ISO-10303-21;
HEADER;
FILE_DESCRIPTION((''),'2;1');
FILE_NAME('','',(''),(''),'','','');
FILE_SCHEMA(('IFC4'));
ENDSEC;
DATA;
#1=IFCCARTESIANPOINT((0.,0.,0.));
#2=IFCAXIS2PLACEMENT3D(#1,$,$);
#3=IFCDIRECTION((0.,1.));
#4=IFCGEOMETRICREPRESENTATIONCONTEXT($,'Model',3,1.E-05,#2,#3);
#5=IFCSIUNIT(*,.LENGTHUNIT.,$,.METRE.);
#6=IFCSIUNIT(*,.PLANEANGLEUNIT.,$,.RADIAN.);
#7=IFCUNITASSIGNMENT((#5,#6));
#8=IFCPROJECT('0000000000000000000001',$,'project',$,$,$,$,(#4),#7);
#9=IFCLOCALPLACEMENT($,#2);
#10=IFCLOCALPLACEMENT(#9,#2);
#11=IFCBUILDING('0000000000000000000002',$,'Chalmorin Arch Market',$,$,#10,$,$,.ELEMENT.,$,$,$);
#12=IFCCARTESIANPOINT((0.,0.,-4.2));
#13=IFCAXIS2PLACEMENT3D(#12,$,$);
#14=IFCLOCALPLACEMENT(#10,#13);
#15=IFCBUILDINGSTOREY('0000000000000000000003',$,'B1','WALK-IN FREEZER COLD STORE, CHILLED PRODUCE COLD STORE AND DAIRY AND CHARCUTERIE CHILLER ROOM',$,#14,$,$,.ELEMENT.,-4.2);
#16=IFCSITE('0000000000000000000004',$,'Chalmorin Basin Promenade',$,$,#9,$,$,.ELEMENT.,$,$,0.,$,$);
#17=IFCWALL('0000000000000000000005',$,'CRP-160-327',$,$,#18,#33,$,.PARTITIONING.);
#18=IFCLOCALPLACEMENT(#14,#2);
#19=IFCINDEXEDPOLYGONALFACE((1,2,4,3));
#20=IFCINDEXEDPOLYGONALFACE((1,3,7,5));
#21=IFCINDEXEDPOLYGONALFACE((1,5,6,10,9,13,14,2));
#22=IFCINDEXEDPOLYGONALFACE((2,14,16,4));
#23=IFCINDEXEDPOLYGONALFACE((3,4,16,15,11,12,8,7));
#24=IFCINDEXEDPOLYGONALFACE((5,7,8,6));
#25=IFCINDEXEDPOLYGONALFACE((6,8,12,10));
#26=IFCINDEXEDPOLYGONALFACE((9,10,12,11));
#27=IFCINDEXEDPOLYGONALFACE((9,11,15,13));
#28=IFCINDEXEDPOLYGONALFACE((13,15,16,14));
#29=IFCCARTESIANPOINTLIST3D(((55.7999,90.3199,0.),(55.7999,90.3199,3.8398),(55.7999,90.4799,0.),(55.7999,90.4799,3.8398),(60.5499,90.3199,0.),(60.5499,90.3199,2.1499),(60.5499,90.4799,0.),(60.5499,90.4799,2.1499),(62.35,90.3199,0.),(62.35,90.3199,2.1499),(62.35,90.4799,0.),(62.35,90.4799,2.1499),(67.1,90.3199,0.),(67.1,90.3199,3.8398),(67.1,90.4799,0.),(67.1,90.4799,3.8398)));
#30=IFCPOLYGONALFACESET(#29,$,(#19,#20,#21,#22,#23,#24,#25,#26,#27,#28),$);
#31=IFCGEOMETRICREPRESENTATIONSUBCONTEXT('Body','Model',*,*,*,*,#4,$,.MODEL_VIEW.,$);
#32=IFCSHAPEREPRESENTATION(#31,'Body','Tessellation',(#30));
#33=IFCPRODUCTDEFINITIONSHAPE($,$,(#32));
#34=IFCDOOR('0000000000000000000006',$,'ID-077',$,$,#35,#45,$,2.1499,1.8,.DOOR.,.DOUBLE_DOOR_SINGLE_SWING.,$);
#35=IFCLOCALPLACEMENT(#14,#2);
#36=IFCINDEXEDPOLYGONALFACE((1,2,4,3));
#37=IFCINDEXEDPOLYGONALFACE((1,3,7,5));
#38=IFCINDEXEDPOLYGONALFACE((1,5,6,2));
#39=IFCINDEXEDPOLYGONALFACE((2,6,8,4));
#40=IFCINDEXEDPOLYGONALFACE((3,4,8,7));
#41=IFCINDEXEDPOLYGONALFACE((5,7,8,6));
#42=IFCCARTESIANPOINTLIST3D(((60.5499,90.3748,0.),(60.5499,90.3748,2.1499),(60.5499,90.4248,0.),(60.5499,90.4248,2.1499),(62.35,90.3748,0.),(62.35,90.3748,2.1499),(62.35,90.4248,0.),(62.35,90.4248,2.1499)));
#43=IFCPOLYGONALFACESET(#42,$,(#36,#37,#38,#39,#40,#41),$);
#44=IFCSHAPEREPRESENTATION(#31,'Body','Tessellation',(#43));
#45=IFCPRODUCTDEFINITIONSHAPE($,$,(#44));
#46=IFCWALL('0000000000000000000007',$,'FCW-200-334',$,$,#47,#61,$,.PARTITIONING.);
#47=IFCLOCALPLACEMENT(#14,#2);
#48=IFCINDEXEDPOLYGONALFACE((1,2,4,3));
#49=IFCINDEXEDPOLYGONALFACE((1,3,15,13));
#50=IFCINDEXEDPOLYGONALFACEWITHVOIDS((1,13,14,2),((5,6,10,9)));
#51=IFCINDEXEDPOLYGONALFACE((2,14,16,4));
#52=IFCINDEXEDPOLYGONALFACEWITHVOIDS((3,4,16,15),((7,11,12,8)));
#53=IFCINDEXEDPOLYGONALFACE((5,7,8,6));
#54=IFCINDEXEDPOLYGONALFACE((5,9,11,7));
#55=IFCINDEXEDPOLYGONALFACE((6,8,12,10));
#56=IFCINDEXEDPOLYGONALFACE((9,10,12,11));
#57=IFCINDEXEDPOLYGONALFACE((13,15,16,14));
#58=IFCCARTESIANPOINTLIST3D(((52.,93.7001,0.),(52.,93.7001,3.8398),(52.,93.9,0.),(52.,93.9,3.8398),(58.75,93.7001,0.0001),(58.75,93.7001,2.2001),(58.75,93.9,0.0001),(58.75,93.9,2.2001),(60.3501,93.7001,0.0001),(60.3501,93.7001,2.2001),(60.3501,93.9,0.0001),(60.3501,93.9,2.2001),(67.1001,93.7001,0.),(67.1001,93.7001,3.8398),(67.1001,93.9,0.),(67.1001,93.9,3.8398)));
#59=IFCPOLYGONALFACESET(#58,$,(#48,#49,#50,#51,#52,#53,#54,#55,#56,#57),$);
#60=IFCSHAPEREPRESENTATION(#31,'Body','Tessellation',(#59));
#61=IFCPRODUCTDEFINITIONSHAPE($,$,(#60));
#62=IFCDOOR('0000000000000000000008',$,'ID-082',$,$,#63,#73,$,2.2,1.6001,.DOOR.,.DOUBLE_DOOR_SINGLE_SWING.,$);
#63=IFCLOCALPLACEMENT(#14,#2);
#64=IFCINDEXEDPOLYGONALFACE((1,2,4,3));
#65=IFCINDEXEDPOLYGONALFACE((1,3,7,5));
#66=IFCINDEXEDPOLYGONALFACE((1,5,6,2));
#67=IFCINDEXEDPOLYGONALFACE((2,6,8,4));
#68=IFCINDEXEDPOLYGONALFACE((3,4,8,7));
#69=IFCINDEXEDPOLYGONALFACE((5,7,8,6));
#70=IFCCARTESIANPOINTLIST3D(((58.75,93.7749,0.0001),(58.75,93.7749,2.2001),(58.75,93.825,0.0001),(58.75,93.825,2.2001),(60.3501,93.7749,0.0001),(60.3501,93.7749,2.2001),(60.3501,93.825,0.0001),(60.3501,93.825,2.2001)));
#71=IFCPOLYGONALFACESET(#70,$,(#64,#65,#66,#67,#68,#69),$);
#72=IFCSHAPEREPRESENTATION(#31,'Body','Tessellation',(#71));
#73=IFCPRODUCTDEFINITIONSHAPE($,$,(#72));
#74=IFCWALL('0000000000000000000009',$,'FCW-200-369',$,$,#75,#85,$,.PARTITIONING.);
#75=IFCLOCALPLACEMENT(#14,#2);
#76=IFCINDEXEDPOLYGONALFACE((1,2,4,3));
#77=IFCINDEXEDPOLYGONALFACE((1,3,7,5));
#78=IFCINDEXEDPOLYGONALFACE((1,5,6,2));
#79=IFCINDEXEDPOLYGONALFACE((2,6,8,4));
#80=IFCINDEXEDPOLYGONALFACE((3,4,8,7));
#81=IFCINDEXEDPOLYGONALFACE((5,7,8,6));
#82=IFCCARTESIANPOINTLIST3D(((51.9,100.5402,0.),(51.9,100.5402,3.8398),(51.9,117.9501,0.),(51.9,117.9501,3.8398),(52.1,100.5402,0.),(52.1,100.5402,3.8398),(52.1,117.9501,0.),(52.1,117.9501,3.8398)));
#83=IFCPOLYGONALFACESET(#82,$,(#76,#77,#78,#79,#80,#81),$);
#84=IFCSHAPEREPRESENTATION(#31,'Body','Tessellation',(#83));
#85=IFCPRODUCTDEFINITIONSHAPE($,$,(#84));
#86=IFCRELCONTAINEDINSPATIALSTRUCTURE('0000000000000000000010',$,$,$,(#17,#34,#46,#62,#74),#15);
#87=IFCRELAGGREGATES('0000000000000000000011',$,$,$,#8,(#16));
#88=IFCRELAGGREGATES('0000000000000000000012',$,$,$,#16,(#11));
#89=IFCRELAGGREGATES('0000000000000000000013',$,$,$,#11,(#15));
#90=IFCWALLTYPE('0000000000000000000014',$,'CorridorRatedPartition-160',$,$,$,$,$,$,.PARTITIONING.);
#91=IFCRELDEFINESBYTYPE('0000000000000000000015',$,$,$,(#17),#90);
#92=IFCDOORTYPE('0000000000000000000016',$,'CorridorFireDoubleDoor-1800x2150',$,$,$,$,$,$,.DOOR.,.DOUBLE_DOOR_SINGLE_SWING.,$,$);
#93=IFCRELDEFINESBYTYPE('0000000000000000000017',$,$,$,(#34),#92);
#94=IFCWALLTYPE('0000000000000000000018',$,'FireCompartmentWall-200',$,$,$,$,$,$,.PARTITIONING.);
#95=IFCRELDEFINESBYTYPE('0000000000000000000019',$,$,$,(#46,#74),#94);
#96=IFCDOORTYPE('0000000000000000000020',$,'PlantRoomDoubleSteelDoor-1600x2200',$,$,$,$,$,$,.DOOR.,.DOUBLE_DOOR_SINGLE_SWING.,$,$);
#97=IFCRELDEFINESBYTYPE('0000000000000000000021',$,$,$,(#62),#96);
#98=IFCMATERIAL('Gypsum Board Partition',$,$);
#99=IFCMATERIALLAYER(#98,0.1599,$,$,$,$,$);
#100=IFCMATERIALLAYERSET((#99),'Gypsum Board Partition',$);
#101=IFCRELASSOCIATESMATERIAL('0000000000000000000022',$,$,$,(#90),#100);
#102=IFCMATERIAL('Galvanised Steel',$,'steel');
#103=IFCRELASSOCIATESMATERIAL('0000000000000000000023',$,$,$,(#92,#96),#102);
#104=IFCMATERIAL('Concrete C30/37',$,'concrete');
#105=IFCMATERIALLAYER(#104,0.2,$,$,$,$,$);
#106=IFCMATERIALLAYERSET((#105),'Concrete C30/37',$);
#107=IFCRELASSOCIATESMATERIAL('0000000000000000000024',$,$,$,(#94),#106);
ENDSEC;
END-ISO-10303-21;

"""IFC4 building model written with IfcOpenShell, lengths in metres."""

from ifc_helpers import new_model, si_unit, direction, frame, frame_2d, origin, place, context, subcontext, project, spatial, rectangle, extrude, material, layer, layer_set, type_object, element, fill, save


model = new_model("IFC4")

# Units and contexts
model_context = context("Model", 3, precision=1e-05, world=origin(), true_north=direction((0.0, 1.0)))
body_context = subcontext(model_context, "Body", "Model", "MODEL_VIEW")
ifc_project = project(units=[si_unit("LENGTHUNIT", "METRE"), si_unit("PLANEANGLEUNIT", "RADIAN")], contexts=[model_context])

# Site, building, storey
site_placement = place(None, origin())
site = spatial("IfcSite", under=ifc_project, at=site_placement, Name="Chalmorin Basin Promenade", CompositionType="ELEMENT", RefElevation=0.0)
building_placement = place(site_placement, origin())
building = spatial("IfcBuilding", under=site, at=building_placement, Name="Chalmorin Arch Market", CompositionType="ELEMENT")
storey_placement = place(building_placement, frame((0.0, 0.0, -4.2)))
storey = spatial("IfcBuildingStorey", under=building, at=storey_placement, Name="B1", Description="WALK-IN FREEZER COLD STORE, CHILLED PRODUCE COLD STORE AND DAIRY AND CHARCUTERIE CHILLER ROOM", CompositionType="ELEMENT", Elevation=-4.2)

# Walls, openings, doors
ifc_material_1 = material(Name="Gypsum Board Partition")
ifc_layer_1 = layer(ifc_material_1, 0.1599)
ifc_layer_set_1 = layer_set([ifc_layer_1], Name="Gypsum Board Partition")
wall_type_1 = type_object("IfcWallType", Name="CorridorRatedPartition-160", PredefinedType="PARTITIONING", material=ifc_layer_set_1)
wall_1_placement = place(storey_placement, frame((55.8, 90.3999, 0.0), z_axis=(0.0, 0.0, 1.0), x_axis=(1.0, 0.0, 0.0)))
wall_1 = element("IfcWall", 1, at=wall_1_placement, inside=storey, type_object=wall_type_1, Name="CRP-160-327", PredefinedType="PARTITIONING", context=body_context, shape_type="SweptSolid", body=[
    extrude(rectangle(XDim=11.3, YDim=0.1599, at=frame_2d((5.6499, 0.0))), origin(), (0.0, 0.0, 1.0), 3.8398),
])
opening_1_placement = place(wall_1_placement, frame((4.75, 0.0, 0.0)))
opening_1 = element("IfcOpeningElement", 2, at=opening_1_placement, cuts=wall_1, PredefinedType="OPENING", context=body_context, shape_type="SweptSolid", body=[
    extrude(rectangle(XDim=1.8, YDim=2.1499, at=frame_2d((0.8999, 1.075))), frame((0.0, 0.0898, 0.0), z_axis=(0.0, -1.0, 0.0), x_axis=(1.0, 0.0, 0.0)), (0.0, 0.0, 1.0), 0.1799),
])
ifc_material_2 = material(Name="Galvanised Steel", Category="steel")
door_type_1 = type_object("IfcDoorType", Name="CorridorFireDoubleDoor-1800x2150", OperationType="DOUBLE_DOOR_SINGLE_SWING", PredefinedType="DOOR", material=ifc_material_2)
door_1_placement = place(opening_1_placement, origin())
door_1 = element("IfcDoor", 3, at=door_1_placement, inside=storey, type_object=door_type_1, Name="ID-077", OperationType="DOUBLE_DOOR_SINGLE_SWING", OverallHeight=2.1499, OverallWidth=1.8, PredefinedType="DOOR", context=body_context, shape_type="SweptSolid", body=[
    extrude(rectangle(XDim=1.8, YDim=2.1499, at=frame_2d((0.8999, 1.075))), frame((0.0, 0.0249, 0.0), z_axis=(0.0, -1.0, 0.0), x_axis=(1.0, 0.0, 0.0)), (0.0, 0.0, 1.0), 0.05),
])
fill(opening_1, door_1)
ifc_material_3 = material(Name="Concrete C30/37", Category="concrete")
ifc_layer_2 = layer(ifc_material_3, 0.2)
ifc_layer_set_2 = layer_set([ifc_layer_2], Name="Concrete C30/37")
wall_type_2 = type_object("IfcWallType", Name="FireCompartmentWall-200", PredefinedType="PARTITIONING", material=ifc_layer_set_2)
wall_2_placement = place(storey_placement, frame((52.0, 93.8, 0.0), z_axis=(0.0, 0.0, 1.0), x_axis=(1.0, 0.0, 0.0)))
wall_2 = element("IfcWall", 4, at=wall_2_placement, inside=storey, type_object=wall_type_2, Name="FCW-200-334", PredefinedType="PARTITIONING", context=body_context, shape_type="SweptSolid", body=[
    extrude(rectangle(XDim=15.1001, YDim=0.2, at=frame_2d((7.55, 0.0))), origin(), (0.0, 0.0, 1.0), 3.8398),
])
opening_2_placement = place(wall_2_placement, frame((6.75, 0.0, 0.0)))
opening_2 = element("IfcOpeningElement", 5, at=opening_2_placement, cuts=wall_2, PredefinedType="OPENING", context=body_context, shape_type="SweptSolid", body=[
    extrude(rectangle(XDim=1.6001, YDim=2.2, at=frame_2d((0.8, 1.1001))), frame((0.0, 0.1099, 0.0), z_axis=(0.0, -1.0, 0.0), x_axis=(1.0, 0.0, 0.0)), (0.0, 0.0, 1.0), 0.22),
])
door_type_2 = type_object("IfcDoorType", Name="PlantRoomDoubleSteelDoor-1600x2200", OperationType="DOUBLE_DOOR_SINGLE_SWING", PredefinedType="DOOR", material=ifc_material_2)
door_2_placement = place(opening_2_placement, origin())
door_2 = element("IfcDoor", 6, at=door_2_placement, inside=storey, type_object=door_type_2, Name="ID-082", OperationType="DOUBLE_DOOR_SINGLE_SWING", OverallHeight=2.2, OverallWidth=1.6001, PredefinedType="DOOR", context=body_context, shape_type="SweptSolid", body=[
    extrude(rectangle(XDim=1.6001, YDim=2.2, at=frame_2d((0.8, 1.1001))), frame((0.0, 0.0249, 0.0), z_axis=(0.0, -1.0, 0.0), x_axis=(1.0, 0.0, 0.0)), (0.0, 0.0, 1.0), 0.05),
])
fill(opening_2, door_2)

# Wall
wall_3_placement = place(storey_placement, frame((52.0, 100.54, 0.0), z_axis=(0.0, 0.0, 1.0), x_axis=(0.0, 1.0, 0.0)))
element("IfcWall", 7, at=wall_3_placement, inside=storey, type_object=wall_type_2, Name="FCW-200-369", PredefinedType="PARTITIONING", context=body_context, shape_type="SweptSolid", body=[
    extrude(rectangle(XDim=17.4099, YDim=0.2, at=frame_2d((8.7051, 0.0))), origin(), (0.0, 0.0, 1.0), 3.8398),
])

save(model, "model.ifc")
